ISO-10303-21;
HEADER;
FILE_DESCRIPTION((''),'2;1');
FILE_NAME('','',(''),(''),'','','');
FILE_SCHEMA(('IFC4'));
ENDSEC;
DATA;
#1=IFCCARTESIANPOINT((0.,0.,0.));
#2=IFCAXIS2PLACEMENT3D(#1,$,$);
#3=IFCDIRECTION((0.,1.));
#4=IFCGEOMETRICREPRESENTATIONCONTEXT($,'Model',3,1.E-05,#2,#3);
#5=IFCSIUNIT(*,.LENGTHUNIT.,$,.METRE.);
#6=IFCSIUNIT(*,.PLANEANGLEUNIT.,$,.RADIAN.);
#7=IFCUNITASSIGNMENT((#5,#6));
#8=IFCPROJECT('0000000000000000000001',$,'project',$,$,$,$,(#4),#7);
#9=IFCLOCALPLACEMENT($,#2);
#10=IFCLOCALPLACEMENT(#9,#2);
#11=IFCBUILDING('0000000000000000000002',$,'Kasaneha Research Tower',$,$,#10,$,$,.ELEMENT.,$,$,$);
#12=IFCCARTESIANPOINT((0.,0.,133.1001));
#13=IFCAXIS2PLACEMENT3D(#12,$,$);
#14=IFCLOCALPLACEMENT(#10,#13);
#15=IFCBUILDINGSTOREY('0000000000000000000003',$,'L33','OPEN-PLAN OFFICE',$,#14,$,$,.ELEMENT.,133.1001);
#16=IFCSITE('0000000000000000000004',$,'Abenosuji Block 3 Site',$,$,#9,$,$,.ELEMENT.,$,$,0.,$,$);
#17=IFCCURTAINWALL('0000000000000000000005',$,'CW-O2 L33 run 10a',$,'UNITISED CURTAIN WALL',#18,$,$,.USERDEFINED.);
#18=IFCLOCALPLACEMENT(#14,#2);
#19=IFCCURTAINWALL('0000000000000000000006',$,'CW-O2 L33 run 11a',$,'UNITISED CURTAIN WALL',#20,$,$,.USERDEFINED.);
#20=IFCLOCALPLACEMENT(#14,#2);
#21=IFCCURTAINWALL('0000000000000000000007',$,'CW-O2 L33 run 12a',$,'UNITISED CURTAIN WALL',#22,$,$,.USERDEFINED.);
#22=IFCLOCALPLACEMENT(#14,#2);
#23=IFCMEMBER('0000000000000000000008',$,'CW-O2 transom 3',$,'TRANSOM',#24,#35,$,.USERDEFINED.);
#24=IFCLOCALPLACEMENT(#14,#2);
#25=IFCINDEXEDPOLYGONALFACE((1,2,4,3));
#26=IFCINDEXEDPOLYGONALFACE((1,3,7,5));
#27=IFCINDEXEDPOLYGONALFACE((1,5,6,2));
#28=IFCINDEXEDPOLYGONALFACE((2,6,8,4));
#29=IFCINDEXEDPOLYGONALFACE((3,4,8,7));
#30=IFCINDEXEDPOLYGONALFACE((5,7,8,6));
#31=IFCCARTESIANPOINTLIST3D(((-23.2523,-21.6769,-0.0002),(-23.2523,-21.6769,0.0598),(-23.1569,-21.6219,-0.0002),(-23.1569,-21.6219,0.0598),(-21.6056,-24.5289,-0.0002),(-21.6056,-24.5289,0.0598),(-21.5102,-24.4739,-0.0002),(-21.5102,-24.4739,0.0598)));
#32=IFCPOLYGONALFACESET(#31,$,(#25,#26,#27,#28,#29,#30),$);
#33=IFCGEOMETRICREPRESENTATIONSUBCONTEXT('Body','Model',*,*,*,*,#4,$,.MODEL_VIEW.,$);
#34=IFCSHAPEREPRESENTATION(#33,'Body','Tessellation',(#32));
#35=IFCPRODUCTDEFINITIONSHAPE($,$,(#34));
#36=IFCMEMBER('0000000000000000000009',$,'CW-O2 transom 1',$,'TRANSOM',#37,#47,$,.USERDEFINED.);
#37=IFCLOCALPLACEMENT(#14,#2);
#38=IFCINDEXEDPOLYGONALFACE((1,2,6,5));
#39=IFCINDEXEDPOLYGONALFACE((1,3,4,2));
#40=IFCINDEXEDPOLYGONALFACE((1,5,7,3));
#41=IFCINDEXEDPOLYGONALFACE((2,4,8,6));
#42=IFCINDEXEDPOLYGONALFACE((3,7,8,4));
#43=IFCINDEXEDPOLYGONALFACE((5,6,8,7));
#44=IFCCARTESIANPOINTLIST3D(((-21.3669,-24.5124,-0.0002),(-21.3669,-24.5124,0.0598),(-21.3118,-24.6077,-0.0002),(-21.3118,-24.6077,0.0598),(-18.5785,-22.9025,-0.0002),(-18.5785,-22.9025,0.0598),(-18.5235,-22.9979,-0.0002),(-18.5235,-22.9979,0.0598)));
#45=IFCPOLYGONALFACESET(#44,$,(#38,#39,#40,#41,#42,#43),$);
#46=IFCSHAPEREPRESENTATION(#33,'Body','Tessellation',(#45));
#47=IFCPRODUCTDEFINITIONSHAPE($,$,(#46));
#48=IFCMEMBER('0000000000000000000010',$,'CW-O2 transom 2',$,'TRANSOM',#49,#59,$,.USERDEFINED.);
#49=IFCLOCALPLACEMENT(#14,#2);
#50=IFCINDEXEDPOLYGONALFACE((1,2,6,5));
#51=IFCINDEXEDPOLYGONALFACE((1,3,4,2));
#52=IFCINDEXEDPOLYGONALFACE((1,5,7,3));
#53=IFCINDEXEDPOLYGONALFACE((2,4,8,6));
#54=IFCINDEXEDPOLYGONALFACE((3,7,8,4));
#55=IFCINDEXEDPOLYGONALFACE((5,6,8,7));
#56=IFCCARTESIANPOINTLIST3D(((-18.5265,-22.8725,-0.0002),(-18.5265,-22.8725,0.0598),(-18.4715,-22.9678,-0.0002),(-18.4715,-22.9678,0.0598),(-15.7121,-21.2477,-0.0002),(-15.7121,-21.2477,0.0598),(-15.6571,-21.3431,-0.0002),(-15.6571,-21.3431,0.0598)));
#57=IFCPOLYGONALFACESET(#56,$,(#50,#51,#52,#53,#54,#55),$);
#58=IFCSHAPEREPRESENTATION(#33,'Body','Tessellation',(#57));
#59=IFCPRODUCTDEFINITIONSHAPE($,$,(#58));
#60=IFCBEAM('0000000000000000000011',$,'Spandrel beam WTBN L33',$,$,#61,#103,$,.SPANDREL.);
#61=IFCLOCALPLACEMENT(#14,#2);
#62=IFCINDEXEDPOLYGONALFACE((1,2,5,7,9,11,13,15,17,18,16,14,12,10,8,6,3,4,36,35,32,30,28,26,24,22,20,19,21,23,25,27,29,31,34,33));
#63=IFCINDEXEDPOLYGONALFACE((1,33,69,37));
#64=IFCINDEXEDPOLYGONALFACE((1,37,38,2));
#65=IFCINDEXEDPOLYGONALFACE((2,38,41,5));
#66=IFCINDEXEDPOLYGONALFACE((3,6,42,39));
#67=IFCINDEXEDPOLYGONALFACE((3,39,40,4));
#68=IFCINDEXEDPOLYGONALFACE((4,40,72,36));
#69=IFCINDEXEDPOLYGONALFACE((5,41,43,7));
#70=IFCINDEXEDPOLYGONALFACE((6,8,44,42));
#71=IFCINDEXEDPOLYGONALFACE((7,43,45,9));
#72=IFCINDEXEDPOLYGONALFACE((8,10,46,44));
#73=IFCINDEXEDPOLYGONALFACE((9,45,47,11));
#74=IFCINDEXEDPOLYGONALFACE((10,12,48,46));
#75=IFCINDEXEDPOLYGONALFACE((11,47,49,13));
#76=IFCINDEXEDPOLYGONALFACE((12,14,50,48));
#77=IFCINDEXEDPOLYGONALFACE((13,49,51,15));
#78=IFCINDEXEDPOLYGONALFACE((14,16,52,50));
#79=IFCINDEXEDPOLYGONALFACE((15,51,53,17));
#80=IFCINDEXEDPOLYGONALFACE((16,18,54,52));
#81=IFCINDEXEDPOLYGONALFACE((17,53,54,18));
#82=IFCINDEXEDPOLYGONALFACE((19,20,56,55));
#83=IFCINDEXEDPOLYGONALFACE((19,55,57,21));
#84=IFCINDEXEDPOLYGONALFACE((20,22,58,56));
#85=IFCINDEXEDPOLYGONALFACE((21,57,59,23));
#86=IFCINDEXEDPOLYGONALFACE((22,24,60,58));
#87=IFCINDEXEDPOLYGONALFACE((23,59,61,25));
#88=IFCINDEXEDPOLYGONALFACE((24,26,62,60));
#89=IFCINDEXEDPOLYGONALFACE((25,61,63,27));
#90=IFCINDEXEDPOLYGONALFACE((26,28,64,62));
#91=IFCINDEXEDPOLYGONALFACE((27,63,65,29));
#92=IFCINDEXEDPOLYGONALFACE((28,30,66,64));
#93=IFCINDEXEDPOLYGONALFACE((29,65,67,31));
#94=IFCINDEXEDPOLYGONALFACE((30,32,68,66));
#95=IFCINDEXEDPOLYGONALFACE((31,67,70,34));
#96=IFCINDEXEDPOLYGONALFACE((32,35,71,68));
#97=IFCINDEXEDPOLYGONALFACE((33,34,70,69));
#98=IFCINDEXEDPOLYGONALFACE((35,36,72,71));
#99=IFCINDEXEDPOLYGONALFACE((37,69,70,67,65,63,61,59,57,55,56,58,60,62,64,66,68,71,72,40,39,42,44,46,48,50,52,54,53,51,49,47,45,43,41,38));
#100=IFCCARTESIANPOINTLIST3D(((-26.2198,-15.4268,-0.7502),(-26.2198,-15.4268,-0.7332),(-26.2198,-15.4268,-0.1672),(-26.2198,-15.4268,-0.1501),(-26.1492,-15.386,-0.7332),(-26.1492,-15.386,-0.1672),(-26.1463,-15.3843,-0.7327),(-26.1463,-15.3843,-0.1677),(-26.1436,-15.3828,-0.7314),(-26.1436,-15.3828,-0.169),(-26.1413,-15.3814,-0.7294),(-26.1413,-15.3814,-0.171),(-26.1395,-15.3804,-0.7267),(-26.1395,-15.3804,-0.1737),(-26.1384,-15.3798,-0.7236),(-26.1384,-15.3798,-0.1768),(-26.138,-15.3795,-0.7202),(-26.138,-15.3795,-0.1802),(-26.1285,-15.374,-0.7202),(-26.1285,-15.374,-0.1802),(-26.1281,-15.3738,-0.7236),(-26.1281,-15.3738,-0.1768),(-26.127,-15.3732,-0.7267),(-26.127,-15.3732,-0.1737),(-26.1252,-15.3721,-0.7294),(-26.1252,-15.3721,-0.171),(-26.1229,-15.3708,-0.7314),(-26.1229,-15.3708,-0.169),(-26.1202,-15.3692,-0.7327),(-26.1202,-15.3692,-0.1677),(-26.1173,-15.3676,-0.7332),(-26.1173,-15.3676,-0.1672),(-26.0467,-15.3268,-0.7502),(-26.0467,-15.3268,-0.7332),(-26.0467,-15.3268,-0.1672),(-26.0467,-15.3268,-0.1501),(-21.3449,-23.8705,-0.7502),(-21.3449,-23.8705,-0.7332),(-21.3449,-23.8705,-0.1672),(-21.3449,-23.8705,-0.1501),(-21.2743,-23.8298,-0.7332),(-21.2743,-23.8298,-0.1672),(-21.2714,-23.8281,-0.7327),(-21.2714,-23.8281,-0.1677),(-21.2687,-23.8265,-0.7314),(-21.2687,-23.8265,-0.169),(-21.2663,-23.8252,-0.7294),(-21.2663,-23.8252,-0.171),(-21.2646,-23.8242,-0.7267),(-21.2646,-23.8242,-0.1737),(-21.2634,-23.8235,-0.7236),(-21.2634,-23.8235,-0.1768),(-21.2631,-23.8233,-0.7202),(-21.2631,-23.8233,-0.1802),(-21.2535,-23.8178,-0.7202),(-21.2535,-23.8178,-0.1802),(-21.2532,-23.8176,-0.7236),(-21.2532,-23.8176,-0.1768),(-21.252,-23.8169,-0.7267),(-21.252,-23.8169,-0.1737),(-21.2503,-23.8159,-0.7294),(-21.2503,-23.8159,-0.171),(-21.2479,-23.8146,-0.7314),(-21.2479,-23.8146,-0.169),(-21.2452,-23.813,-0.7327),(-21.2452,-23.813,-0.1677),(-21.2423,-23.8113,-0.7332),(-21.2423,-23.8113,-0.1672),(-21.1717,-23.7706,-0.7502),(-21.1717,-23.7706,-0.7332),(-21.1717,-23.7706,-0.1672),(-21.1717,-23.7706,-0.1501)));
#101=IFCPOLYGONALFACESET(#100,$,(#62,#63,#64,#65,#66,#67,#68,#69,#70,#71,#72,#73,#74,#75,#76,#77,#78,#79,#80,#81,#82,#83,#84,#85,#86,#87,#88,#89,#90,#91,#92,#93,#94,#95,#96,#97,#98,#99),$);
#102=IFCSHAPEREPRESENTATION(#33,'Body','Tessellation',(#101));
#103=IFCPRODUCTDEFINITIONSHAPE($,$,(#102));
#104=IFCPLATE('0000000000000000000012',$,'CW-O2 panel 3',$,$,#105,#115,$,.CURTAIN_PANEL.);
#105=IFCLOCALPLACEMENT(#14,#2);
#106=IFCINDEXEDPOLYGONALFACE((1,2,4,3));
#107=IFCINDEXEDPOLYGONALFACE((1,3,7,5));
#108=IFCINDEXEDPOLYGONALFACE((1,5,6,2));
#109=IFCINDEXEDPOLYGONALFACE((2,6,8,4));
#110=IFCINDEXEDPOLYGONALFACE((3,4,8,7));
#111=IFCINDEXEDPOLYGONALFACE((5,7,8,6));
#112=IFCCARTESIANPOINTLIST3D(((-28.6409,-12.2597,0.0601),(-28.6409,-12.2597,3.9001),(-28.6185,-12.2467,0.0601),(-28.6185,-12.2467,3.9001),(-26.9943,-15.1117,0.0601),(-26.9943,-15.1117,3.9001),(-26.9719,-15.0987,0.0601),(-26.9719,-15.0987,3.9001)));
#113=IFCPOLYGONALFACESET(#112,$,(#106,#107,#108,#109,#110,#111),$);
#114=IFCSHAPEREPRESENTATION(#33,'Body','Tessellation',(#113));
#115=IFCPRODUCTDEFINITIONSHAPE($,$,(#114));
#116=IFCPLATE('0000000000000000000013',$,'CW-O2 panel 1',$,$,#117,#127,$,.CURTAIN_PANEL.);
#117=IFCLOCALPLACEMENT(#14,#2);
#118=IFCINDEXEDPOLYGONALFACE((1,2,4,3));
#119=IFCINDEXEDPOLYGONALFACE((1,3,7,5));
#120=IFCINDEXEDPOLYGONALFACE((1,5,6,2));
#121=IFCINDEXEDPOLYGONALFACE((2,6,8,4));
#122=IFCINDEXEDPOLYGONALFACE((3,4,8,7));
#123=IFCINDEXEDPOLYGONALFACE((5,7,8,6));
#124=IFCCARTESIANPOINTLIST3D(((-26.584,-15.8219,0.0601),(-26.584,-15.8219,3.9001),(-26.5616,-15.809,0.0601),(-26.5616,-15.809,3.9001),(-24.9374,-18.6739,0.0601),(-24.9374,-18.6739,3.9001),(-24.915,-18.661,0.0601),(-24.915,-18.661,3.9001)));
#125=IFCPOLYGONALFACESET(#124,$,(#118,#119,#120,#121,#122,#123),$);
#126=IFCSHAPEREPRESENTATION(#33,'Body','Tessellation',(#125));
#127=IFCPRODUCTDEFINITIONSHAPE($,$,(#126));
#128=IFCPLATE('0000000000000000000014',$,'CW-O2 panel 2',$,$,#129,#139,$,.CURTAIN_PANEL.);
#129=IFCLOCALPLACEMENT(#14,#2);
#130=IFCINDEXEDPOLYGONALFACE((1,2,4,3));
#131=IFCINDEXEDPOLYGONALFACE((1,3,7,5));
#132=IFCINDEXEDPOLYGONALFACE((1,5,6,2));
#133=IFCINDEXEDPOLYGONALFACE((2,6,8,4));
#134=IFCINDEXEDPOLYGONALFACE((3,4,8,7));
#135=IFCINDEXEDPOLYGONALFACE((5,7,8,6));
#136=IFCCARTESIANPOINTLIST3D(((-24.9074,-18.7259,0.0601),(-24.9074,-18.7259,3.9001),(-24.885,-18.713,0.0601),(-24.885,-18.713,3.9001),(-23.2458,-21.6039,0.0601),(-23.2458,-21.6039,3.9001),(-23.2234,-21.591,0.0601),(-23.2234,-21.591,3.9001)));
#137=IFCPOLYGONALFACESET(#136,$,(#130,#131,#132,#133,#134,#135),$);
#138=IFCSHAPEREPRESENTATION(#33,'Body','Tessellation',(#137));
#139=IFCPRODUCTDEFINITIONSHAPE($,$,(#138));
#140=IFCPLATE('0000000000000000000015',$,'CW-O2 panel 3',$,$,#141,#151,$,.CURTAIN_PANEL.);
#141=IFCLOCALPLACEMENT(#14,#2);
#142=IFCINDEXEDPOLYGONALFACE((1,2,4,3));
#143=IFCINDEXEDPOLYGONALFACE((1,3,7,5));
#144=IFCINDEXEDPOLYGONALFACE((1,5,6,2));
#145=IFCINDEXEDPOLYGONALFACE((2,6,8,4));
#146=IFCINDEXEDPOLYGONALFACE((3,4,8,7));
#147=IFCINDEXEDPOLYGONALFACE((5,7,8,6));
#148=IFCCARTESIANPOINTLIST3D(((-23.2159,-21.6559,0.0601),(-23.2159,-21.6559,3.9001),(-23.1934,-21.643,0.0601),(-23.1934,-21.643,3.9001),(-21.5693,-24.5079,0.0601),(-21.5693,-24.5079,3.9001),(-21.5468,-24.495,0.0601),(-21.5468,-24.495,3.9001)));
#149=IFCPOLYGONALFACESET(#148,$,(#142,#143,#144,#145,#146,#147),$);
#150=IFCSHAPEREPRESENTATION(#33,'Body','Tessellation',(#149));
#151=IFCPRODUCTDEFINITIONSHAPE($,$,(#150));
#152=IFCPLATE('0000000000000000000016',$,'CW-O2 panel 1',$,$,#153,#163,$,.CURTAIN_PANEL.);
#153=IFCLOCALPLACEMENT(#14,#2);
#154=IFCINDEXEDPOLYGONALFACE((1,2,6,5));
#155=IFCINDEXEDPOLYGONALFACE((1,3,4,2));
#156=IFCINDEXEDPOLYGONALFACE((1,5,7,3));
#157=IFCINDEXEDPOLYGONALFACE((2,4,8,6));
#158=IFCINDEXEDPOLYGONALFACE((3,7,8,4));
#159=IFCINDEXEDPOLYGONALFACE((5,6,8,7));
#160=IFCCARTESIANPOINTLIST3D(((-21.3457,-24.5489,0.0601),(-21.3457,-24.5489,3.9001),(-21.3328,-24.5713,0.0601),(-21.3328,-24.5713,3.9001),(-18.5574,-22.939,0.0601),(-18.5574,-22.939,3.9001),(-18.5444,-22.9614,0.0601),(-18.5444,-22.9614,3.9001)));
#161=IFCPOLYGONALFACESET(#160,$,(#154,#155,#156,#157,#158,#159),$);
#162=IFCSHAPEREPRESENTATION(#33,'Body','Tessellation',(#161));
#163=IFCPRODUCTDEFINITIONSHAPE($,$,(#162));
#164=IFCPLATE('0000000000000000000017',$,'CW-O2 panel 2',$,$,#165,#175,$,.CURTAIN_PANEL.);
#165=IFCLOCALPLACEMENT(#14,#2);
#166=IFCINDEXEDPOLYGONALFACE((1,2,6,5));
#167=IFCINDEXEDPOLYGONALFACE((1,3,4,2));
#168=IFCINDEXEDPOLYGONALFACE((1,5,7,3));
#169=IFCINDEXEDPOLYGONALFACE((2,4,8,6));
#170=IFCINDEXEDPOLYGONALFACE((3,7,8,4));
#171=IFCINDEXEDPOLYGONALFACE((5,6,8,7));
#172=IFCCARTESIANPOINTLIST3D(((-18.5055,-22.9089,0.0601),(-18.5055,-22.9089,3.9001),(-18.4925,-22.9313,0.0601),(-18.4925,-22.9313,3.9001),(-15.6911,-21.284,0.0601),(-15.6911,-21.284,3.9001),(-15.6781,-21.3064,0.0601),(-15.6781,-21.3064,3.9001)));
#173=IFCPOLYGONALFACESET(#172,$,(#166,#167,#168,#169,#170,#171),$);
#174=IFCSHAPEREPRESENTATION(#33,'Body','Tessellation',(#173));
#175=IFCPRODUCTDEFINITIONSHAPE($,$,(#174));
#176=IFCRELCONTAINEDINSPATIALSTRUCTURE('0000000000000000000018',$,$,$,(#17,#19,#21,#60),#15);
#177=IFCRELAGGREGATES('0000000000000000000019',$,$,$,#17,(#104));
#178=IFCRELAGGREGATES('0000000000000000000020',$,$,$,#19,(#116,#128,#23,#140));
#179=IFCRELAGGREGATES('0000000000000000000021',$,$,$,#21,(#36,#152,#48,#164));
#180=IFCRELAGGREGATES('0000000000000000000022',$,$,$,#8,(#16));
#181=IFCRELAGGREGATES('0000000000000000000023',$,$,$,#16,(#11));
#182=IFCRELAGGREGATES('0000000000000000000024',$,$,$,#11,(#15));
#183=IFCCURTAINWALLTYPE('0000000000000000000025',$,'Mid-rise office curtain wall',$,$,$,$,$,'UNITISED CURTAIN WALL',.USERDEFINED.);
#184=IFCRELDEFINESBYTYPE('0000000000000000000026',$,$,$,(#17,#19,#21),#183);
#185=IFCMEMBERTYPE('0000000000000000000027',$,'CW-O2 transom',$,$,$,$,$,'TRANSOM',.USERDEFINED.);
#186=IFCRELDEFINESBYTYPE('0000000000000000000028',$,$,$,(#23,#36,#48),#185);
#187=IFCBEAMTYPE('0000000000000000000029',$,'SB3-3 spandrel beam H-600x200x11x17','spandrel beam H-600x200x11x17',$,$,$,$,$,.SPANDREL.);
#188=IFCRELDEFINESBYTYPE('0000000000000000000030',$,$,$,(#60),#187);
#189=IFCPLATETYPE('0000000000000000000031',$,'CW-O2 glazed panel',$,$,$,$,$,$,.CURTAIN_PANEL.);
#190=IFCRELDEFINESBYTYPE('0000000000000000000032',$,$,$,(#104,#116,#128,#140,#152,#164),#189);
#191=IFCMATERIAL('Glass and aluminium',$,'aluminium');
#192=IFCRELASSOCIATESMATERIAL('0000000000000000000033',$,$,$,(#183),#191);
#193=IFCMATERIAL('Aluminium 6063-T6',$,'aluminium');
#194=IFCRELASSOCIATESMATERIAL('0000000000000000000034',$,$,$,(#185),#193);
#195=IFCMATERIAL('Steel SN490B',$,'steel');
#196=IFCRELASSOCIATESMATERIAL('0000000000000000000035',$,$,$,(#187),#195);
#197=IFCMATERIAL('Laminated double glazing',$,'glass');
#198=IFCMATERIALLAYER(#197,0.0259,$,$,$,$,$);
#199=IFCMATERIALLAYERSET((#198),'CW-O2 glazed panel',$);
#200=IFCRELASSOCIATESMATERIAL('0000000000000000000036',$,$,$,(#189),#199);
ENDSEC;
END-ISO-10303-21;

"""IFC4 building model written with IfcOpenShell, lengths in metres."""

from ifc_helpers import new_model, si_unit, direction, frame, origin, origin_2d, place, context, subcontext, project, spatial, rectangle, i_section, extrude, material, layer, layer_set, material_profile, profile_set, type_object, element, aggregate, save


model = new_model("IFC4")

# Units and contexts
model_context = context("Model", 3, precision=1e-05, world=origin(), true_north=direction((0.0, 1.0)))
body_context = subcontext(model_context, "Body", "Model", "MODEL_VIEW")
ifc_project = project(units=[si_unit("LENGTHUNIT", "METRE"), si_unit("PLANEANGLEUNIT", "RADIAN")], contexts=[model_context])

# Site, building, storey
site_placement = place(None, origin())
site = spatial("IfcSite", under=ifc_project, at=site_placement, Name="Abenosuji Block 3 Site", CompositionType="ELEMENT", RefElevation=0.0)
building_placement = place(site_placement, origin())
building = spatial("IfcBuilding", under=site, at=building_placement, Name="Kasaneha Research Tower", CompositionType="ELEMENT")
storey_placement = place(building_placement, frame((0.0, 0.0, 133.1001)))
storey = spatial("IfcBuildingStorey", under=building, at=storey_placement, Name="L33", Description="OPEN-PLAN OFFICE", CompositionType="ELEMENT", Elevation=133.1001)

# Curtain wall
ifc_material_1 = material(Name="Glass and aluminium", Category="aluminium")
curtain_wall_type = type_object("IfcCurtainWallType", Name="Mid-rise office curtain wall", ElementType="UNITISED CURTAIN WALL", PredefinedType="USERDEFINED", material=ifc_material_1)
curtain_wall_1_placement = place(storey_placement, origin())
curtain_wall_1 = element("IfcCurtainWall", 1, at=curtain_wall_1_placement, inside=storey, type_object=curtain_wall_type, Name="CW-O2 L33 run 10a", ObjectType="UNITISED CURTAIN WALL", PredefinedType="USERDEFINED")

# Curtain walls
curtain_wall_2_placement = place(storey_placement, origin())
curtain_wall_2 = element("IfcCurtainWall", 2, at=curtain_wall_2_placement, inside=storey, type_object=curtain_wall_type, Name="CW-O2 L33 run 11a", ObjectType="UNITISED CURTAIN WALL", PredefinedType="USERDEFINED")
curtain_wall_3_placement = place(storey_placement, origin())
curtain_wall_3 = element("IfcCurtainWall", 3, at=curtain_wall_3_placement, inside=storey, type_object=curtain_wall_type, Name="CW-O2 L33 run 12a", ObjectType="UNITISED CURTAIN WALL", PredefinedType="USERDEFINED")

# Members
ifc_material_2 = material(Name="Aluminium 6063-T6", Category="aluminium")
ifc_material_profile_1 = material_profile(ifc_material_2, rectangle(XDim=0.1101, YDim=0.0601, at=origin_2d()), Name="CW-O2 transom 110x60")
ifc_profile_set_1 = profile_set([ifc_material_profile_1], Name="Aluminium 6063-T6")
member_type_1 = type_object("IfcMemberType", Name="CW-O2 transom", ElementType="TRANSOM", PredefinedType="USERDEFINED", material=ifc_profile_set_1)
member_1_placement = place(storey_placement, frame((-23.2046, -21.6494, 0.0298), z_axis=(0.500022, -0.866013, 0.0), x_axis=(0.866013, 0.500022, 0.0)))
member_1 = element("IfcMember", 4, at=member_1_placement, type_object=member_type_1, Name="CW-O2 transom 3", ObjectType="TRANSOM", PredefinedType="USERDEFINED", context=body_context, shape_type="SweptSolid", body=[
    extrude(rectangle(XDim=0.1101, YDim=0.0601, at=origin_2d()), origin(), (0.0, 0.0, 1.0), 3.2932),
])
member_2_placement = place(storey_placement, frame((-21.3394, -24.5601, 0.0298), z_axis=(0.866023, 0.500005, 0.0), x_axis=(-0.500005, 0.866023, 0.0)))
member_2 = element("IfcMember", 5, at=member_2_placement, type_object=member_type_1, Name="CW-O2 transom 1", ObjectType="TRANSOM", PredefinedType="USERDEFINED", context=body_context, shape_type="SweptSolid", body=[
    extrude(rectangle(XDim=0.1101, YDim=0.0601, at=origin_2d()), origin(), (0.0, 0.0, 1.0), 3.2197),
])
member_3_placement = place(storey_placement, frame((-18.499, -22.9202, 0.0298), z_axis=(0.866048, 0.499961, 0.0), x_axis=(-0.499961, 0.866048, 0.0)))
member_3 = element("IfcMember", 6, at=member_3_placement, type_object=member_type_1, Name="CW-O2 transom 2", ObjectType="TRANSOM", PredefinedType="USERDEFINED", context=body_context, shape_type="SweptSolid", body=[
    extrude(rectangle(XDim=0.1101, YDim=0.0601, at=origin_2d()), origin(), (0.0, 0.0, 1.0), 3.2498),
])

# Beam
ifc_material_3 = material(Name="Steel SN490B", Category="steel")
ifc_material_profile_2 = material_profile(ifc_material_3, i_section(OverallWidth=0.2, OverallDepth=0.6001, WebThickness=0.011, FlangeThickness=0.0171, FilletRadius=0.0129, at=origin_2d()), Name="H-600x200x11x17")
ifc_profile_set_2 = profile_set([ifc_material_profile_2], Name="Steel SN490B")
beam_type_1 = type_object("IfcBeamType", Name="SB3-3 spandrel beam H-600x200x11x17", Description="spandrel beam H-600x200x11x17", PredefinedType="SPANDREL", material=ifc_profile_set_2)
beam_1_placement = place(storey_placement, frame((-21.2583, -23.8206, -0.4502), z_axis=(-0.499996, 0.866028, 0.0), x_axis=(-0.866028, -0.499996, 0.0)))
element("IfcBeam", 7, at=beam_1_placement, inside=storey, type_object=beam_type_1, Name="Spandrel beam WTBN L33", PredefinedType="SPANDREL", context=body_context, shape_type="SweptSolid", body=[
    extrude(i_section(OverallWidth=0.2, OverallDepth=0.6001, WebThickness=0.011, FlangeThickness=0.0171, FilletRadius=0.0129, at=origin_2d()), origin(), (0.0, 0.0, 1.0), 9.75),
])

# Plates
ifc_material_4 = material(Name="Laminated double glazing", Category="glass")
ifc_layer_1 = layer(ifc_material_4, 0.0259)
ifc_layer_set_1 = layer_set([ifc_layer_1], Name="CW-O2 glazed panel")
plate_type = type_object("IfcPlateType", Name="CW-O2 glazed panel", PredefinedType="CURTAIN_PANEL", material=ifc_layer_set_1)
plate_1_placement = place(storey_placement, frame((-27.8064, -13.6792, 0.0601), z_axis=(0.0, 0.0, 1.0), x_axis=(0.5, -0.866025, 0.0)))
plate_1 = element("IfcPlate", 8, at=plate_1_placement, type_object=plate_type, Name="CW-O2 panel 3", PredefinedType="CURTAIN_PANEL", context=body_context, shape_type="SweptSolid", body=[
    extrude(rectangle(XDim=3.2932, YDim=0.0259, at=origin_2d()), origin(), (0.0, 0.0, 1.0), 3.8401),
])
aggregate(curtain_wall_1, [plate_1])
plate_2_placement = place(storey_placement, frame((-25.7495, -17.2415, 0.0601), z_axis=(0.0, 0.0, 1.0), x_axis=(0.5, -0.866025, 0.0)))
plate_2 = element("IfcPlate", 9, at=plate_2_placement, type_object=plate_type, Name="CW-O2 panel 1", PredefinedType="CURTAIN_PANEL", context=body_context, shape_type="SweptSolid", body=[
    extrude(rectangle(XDim=3.2932, YDim=0.0259, at=origin_2d()), origin(), (0.0, 0.0, 1.0), 3.8401),
])
plate_3_placement = place(storey_placement, frame((-24.0654, -20.1584, 0.0601), z_axis=(0.0, 0.0, 1.0), x_axis=(0.5, -0.866025, 0.0)))
plate_3 = element("IfcPlate", 10, at=plate_3_placement, type_object=plate_type, Name="CW-O2 panel 2", PredefinedType="CURTAIN_PANEL", context=body_context, shape_type="SweptSolid", body=[
    extrude(rectangle(XDim=3.3232, YDim=0.0259, at=origin_2d()), origin(), (0.0, 0.0, 1.0), 3.8401),
])
plate_4_placement = place(storey_placement, frame((-22.3813, -23.0754, 0.0601), z_axis=(0.0, 0.0, 1.0), x_axis=(0.5, -0.866025, 0.0)))
plate_4 = element("IfcPlate", 11, at=plate_4_placement, type_object=plate_type, Name="CW-O2 panel 3", PredefinedType="CURTAIN_PANEL", context=body_context, shape_type="SweptSolid", body=[
    extrude(rectangle(XDim=3.2932, YDim=0.0259, at=origin_2d()), origin(), (0.0, 0.0, 1.0), 3.8401),
])
aggregate(curtain_wall_2, [plate_2, plate_3, member_1, plate_4])
plate_5_placement = place(storey_placement, frame((-19.9451, -23.7551, 0.0601), z_axis=(0.0, 0.0, 1.0), x_axis=(0.866025, 0.5, 0.0)))
plate_5 = element("IfcPlate", 12, at=plate_5_placement, type_object=plate_type, Name="CW-O2 panel 1", PredefinedType="CURTAIN_PANEL", context=body_context, shape_type="SweptSolid", body=[
    extrude(rectangle(XDim=3.2197, YDim=0.0259, at=origin_2d()), origin(), (0.0, 0.0, 1.0), 3.8401),
])
plate_6_placement = place(storey_placement, frame((-17.0918, -22.1077, 0.0601), z_axis=(0.0, 0.0, 1.0), x_axis=(0.866025, 0.5, 0.0)))
plate_6 = element("IfcPlate", 13, at=plate_6_placement, type_object=plate_type, Name="CW-O2 panel 2", PredefinedType="CURTAIN_PANEL", context=body_context, shape_type="SweptSolid", body=[
    extrude(rectangle(XDim=3.2498, YDim=0.0259, at=origin_2d()), origin(), (0.0, 0.0, 1.0), 3.8401),
])
aggregate(curtain_wall_3, [member_2, plate_5, member_3, plate_6])

save(model, "model.ifc")
